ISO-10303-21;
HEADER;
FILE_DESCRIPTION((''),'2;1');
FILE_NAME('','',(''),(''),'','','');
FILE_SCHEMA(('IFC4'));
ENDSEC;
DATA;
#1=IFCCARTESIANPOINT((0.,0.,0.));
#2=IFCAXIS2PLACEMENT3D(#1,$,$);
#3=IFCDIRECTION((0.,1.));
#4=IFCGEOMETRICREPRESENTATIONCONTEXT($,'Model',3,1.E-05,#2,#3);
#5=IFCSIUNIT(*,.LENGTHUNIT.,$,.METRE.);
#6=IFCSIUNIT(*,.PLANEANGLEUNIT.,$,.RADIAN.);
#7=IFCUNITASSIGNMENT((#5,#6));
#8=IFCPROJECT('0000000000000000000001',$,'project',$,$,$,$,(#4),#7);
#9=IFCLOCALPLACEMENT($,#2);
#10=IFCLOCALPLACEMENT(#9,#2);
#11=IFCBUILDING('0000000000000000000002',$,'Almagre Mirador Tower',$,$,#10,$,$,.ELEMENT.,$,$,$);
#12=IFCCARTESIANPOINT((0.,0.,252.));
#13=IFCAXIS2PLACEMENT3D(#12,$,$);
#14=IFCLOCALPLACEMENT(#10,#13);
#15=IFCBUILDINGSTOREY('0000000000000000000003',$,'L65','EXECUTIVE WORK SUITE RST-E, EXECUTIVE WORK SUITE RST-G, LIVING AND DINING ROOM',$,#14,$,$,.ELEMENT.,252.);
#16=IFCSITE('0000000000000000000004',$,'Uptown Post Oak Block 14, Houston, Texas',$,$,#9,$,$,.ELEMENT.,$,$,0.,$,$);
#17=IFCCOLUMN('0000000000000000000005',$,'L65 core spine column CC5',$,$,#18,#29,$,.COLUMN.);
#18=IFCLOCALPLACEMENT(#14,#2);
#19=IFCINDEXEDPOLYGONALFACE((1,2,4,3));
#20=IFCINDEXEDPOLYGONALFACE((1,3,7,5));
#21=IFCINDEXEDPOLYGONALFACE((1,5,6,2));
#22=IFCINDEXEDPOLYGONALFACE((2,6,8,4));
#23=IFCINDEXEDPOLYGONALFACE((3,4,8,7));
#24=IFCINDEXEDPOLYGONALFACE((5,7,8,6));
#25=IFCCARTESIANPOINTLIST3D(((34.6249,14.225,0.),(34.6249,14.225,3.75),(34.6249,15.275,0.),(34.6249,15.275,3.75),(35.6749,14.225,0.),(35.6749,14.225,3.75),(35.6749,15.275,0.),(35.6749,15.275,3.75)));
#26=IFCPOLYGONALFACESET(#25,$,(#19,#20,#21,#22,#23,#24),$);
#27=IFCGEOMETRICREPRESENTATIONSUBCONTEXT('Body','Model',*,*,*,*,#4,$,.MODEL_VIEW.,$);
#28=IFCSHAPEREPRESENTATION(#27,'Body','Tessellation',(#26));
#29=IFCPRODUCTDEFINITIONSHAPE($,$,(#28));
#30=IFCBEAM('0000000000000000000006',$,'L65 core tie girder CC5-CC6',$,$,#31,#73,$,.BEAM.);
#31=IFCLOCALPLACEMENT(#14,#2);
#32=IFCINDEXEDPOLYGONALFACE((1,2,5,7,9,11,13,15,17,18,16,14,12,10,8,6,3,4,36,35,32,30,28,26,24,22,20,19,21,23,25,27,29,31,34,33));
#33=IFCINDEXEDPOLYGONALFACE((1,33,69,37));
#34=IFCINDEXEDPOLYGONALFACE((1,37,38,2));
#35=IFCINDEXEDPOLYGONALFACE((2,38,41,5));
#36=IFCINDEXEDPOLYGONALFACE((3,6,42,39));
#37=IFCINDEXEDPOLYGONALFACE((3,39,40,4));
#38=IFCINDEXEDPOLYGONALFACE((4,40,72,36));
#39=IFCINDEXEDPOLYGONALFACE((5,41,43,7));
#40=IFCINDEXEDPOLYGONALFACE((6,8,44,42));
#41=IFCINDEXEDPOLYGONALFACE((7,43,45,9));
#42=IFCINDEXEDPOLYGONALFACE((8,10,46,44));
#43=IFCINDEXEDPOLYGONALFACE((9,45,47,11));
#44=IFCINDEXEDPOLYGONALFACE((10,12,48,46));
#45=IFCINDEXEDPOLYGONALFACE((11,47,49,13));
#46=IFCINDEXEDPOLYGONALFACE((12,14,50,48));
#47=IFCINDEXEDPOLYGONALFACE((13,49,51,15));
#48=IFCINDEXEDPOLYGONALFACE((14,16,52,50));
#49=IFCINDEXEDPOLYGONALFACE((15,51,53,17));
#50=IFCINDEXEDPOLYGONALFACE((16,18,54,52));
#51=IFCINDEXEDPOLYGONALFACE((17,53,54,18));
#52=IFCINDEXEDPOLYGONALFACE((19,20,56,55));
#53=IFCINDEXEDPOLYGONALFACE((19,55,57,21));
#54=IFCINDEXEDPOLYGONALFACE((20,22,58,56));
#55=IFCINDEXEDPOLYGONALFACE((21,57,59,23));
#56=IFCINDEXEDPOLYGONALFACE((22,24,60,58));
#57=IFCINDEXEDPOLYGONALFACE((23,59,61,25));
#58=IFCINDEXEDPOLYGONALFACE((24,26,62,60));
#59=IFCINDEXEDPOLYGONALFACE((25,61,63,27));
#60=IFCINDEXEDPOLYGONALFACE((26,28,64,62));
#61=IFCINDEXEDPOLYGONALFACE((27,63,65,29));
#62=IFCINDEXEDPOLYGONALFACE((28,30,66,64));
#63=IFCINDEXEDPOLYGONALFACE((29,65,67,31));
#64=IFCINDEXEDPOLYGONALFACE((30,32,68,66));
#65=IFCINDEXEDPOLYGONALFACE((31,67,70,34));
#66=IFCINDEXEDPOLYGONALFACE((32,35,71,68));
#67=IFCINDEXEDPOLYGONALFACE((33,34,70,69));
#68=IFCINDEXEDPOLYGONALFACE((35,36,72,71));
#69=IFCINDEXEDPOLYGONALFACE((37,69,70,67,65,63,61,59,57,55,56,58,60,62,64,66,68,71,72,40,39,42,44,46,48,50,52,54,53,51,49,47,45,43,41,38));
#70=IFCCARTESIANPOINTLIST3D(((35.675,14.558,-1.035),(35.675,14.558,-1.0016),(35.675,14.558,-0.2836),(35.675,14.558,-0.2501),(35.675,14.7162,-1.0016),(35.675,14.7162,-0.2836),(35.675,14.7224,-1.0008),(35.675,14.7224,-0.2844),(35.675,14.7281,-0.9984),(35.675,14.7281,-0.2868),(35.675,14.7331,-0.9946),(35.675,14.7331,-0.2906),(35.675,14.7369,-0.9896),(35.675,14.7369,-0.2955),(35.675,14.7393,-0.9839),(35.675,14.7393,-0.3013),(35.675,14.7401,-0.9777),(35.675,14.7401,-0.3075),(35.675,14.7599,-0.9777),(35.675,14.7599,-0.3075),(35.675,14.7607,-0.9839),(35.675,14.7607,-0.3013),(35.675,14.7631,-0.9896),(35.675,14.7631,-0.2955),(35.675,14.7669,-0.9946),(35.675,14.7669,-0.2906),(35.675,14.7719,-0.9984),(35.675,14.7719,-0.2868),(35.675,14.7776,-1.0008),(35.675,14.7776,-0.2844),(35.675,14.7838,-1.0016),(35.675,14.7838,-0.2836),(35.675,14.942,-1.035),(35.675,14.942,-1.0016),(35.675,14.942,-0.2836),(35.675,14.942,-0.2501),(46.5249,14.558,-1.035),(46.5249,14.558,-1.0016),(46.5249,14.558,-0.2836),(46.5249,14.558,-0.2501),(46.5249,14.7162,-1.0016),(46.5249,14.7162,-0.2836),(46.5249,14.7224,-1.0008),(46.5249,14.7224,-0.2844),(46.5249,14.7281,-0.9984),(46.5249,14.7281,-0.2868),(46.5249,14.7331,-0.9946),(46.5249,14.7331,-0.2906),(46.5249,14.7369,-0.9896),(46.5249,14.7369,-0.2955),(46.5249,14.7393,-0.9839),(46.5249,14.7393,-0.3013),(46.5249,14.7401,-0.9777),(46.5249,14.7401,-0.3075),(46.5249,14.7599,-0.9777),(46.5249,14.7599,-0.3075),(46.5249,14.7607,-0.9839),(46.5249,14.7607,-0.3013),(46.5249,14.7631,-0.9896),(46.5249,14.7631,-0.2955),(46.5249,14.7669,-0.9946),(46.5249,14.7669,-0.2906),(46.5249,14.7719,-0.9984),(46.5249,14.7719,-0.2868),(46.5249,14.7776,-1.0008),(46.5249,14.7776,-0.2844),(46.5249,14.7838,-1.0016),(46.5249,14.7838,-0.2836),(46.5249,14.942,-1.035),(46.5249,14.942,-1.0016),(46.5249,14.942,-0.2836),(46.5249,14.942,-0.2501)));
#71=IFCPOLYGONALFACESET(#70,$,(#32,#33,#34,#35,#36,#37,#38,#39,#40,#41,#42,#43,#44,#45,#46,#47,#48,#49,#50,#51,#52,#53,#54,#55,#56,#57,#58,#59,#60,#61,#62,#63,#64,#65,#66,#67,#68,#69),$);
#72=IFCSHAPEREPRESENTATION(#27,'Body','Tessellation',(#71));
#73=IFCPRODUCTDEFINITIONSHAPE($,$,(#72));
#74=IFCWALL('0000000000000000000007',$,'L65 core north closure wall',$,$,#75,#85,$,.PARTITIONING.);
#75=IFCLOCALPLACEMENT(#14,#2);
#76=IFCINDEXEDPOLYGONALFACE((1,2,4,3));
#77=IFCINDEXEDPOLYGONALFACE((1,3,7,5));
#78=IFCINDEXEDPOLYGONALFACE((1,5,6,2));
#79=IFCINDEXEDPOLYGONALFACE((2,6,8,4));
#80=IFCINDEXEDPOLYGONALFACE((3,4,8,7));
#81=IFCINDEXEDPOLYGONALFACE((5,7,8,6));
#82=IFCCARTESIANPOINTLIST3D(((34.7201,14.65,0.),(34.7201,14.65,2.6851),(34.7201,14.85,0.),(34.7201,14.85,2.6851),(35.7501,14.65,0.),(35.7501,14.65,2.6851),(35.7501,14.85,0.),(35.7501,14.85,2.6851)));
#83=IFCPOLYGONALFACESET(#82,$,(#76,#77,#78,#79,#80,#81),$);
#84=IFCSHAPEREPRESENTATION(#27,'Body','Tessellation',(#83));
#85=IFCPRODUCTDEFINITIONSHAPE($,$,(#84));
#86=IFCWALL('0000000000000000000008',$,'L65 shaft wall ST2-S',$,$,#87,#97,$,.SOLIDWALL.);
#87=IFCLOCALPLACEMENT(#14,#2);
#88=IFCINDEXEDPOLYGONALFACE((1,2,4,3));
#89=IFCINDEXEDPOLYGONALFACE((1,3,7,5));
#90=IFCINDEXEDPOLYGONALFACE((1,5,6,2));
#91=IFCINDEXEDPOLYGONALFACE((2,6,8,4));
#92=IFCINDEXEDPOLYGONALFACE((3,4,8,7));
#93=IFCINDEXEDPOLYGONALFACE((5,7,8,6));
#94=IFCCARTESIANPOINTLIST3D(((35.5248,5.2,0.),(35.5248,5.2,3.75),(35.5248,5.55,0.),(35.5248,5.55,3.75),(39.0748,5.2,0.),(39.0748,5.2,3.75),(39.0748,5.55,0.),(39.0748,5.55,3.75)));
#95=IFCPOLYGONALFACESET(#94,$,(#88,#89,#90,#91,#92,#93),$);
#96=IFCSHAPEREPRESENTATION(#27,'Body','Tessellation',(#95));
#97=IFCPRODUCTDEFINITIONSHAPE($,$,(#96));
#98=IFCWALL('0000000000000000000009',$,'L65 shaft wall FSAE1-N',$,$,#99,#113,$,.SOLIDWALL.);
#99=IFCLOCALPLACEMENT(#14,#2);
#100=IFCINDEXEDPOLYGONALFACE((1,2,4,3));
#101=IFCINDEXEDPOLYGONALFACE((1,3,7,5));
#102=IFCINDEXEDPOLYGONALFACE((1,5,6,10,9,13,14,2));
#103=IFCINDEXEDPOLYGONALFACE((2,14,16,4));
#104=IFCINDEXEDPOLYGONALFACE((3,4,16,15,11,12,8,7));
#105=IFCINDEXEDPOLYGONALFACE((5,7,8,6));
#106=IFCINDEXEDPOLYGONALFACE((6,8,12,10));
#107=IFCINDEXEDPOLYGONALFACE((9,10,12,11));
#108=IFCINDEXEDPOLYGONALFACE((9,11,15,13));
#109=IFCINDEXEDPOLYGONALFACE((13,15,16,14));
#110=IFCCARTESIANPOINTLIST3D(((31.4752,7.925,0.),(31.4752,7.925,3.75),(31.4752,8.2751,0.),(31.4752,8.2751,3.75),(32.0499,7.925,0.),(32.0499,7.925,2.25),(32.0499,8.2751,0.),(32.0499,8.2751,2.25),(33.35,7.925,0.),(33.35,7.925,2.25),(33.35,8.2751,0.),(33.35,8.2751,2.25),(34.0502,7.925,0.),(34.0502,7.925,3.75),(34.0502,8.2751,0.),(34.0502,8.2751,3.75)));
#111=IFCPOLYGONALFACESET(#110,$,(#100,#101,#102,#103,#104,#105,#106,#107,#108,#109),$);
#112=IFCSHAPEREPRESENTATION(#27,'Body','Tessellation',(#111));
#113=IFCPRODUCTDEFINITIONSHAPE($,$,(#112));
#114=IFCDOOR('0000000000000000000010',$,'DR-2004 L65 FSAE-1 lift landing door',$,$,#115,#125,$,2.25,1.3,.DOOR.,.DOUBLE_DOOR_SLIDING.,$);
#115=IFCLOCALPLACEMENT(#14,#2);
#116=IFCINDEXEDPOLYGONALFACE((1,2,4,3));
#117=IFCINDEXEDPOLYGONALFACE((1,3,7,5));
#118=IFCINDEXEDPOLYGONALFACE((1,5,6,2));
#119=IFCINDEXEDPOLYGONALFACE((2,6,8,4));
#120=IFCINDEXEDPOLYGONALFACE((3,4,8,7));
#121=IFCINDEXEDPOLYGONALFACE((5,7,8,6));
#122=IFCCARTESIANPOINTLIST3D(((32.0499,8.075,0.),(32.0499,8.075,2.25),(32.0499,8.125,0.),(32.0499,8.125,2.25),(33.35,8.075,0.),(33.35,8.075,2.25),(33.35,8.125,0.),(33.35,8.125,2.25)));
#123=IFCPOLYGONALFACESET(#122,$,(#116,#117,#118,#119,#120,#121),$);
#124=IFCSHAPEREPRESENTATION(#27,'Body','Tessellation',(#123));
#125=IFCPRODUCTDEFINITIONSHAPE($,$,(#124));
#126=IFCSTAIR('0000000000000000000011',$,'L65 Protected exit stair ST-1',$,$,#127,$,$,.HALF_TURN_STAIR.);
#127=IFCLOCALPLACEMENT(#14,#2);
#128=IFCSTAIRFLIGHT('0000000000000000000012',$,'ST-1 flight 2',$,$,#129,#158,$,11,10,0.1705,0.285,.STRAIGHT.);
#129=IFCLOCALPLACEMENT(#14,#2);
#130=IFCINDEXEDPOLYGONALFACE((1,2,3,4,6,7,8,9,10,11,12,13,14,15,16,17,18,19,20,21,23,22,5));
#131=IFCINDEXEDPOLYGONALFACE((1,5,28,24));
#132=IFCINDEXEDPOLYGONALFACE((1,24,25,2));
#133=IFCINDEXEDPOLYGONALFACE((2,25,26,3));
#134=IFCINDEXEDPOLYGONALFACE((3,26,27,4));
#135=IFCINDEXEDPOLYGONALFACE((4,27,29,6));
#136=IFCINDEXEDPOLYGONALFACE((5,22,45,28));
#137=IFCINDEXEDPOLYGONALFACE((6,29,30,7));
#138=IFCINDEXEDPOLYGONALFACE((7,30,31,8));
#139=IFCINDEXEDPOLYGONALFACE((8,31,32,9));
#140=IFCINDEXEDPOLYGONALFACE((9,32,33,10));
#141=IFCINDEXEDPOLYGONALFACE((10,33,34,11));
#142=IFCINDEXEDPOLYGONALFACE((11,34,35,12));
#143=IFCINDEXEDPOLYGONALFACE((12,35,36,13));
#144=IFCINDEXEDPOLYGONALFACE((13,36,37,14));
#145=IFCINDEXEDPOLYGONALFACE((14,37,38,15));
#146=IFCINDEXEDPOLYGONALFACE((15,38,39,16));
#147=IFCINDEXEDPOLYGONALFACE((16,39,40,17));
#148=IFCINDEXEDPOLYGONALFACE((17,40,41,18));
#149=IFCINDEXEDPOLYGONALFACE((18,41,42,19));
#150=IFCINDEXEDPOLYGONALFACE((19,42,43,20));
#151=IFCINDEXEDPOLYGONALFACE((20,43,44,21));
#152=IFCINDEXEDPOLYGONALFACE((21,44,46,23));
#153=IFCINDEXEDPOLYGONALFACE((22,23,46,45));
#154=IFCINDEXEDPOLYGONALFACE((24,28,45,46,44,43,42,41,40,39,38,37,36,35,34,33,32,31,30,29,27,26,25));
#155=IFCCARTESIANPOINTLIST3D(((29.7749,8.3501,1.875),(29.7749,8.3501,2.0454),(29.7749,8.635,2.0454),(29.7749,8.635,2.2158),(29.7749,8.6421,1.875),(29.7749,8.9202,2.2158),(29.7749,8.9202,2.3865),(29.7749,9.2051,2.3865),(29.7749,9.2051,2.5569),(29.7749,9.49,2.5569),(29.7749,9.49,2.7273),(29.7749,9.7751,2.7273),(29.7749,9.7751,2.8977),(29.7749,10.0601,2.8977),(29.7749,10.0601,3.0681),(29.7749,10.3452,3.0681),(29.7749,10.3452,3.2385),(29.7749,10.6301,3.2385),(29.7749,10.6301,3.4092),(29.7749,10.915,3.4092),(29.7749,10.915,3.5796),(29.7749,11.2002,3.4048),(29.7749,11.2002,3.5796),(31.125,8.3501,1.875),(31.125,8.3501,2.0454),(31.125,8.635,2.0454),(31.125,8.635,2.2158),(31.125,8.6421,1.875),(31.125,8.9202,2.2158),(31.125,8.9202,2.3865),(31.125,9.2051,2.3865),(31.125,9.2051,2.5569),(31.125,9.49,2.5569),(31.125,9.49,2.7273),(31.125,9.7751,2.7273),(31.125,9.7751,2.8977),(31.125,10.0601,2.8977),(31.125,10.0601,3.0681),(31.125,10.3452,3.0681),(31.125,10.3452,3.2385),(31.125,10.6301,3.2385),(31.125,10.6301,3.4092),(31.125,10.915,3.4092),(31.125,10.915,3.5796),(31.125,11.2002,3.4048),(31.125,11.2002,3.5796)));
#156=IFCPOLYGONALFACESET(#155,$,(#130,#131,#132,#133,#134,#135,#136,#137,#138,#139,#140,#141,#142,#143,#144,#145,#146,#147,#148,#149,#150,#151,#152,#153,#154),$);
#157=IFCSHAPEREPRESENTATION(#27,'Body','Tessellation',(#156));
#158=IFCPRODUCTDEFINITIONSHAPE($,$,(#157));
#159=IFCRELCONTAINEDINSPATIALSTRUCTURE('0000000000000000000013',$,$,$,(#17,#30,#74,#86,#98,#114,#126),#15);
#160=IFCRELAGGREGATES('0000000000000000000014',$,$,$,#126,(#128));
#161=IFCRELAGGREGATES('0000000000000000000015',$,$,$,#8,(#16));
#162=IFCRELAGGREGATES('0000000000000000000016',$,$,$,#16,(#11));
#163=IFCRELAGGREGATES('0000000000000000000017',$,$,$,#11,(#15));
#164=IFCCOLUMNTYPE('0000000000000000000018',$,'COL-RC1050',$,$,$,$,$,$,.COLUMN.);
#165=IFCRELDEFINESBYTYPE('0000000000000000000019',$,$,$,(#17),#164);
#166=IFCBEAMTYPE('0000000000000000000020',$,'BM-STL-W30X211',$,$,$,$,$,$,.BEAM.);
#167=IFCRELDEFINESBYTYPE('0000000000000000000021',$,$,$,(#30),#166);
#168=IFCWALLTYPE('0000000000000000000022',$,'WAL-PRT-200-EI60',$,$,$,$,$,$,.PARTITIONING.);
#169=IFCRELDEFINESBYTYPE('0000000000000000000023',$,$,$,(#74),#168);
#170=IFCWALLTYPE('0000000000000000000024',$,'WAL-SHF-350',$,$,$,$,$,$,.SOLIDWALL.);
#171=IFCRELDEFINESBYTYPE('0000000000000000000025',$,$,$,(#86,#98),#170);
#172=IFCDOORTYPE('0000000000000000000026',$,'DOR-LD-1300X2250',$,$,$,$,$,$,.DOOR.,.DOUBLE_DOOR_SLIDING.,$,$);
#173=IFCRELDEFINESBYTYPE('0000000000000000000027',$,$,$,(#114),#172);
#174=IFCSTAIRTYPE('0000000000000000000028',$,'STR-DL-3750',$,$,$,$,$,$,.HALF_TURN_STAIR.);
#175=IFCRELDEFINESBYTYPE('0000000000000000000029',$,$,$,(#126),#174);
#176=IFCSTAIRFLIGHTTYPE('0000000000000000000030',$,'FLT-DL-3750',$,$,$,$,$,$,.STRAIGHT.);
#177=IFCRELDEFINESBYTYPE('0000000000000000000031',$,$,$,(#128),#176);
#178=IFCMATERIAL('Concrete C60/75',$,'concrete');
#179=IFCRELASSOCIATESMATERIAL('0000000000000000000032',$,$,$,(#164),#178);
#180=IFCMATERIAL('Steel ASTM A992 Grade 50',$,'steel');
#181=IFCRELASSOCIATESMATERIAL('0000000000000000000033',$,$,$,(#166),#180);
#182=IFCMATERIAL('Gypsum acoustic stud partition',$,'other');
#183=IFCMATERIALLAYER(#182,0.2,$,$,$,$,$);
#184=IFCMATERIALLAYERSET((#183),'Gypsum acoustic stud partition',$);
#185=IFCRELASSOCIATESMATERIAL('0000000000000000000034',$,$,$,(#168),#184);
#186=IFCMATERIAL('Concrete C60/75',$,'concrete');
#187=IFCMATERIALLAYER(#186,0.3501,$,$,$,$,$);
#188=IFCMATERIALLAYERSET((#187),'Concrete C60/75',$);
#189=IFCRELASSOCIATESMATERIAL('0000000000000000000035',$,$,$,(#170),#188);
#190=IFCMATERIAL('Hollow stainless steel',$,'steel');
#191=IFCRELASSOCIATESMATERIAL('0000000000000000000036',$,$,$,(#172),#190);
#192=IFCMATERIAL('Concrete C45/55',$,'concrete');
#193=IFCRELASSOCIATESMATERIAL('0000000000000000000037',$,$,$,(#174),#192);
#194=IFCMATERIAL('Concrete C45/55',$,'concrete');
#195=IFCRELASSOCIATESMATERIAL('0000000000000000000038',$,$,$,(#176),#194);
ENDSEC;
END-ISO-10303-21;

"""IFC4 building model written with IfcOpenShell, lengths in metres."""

from ifc_helpers import new_model, si_unit, direction, frame, frame_2d, origin, origin_2d, place, context, subcontext, project, spatial, polyline, rectangle, i_section, outline, extrude, material, layer, layer_set, material_profile, profile_set, type_object, element, fill, aggregate, save


model = new_model("IFC4")

# Units and contexts
model_context = context("Model", 3, precision=1e-05, world=origin(), true_north=direction((0.0, 1.0)))
body_context = subcontext(model_context, "Body", "Model", "MODEL_VIEW")
ifc_project = project(units=[si_unit("LENGTHUNIT", "METRE"), si_unit("PLANEANGLEUNIT", "RADIAN")], contexts=[model_context])

# Site, building, storey
site_placement = place(None, origin())
site = spatial("IfcSite", under=ifc_project, at=site_placement, Name="Uptown Post Oak Block 14, Houston, Texas", CompositionType="ELEMENT", RefElevation=0.0)
building_placement = place(site_placement, origin())
building = spatial("IfcBuilding", under=site, at=building_placement, Name="Almagre Mirador Tower", CompositionType="ELEMENT")
storey_placement = place(building_placement, frame((0.0, 0.0, 252.0)))
storey = spatial("IfcBuildingStorey", under=building, at=storey_placement, Name="L65", Description="EXECUTIVE WORK SUITE RST-E, EXECUTIVE WORK SUITE RST-G, LIVING AND DINING ROOM", CompositionType="ELEMENT", Elevation=252.0)

# Column
ifc_material_1 = material(Name="Concrete C60/75", Category="concrete")
ifc_material_profile_1 = material_profile(ifc_material_1, rectangle(XDim=1.05, YDim=1.05, at=origin_2d()), Name="RC1050X1050")
ifc_profile_set_1 = profile_set([ifc_material_profile_1], Name="Concrete C60/75")
column_type = type_object("IfcColumnType", Name="COL-RC1050", PredefinedType="COLUMN", material=ifc_profile_set_1)
column_placement = place(storey_placement, frame((35.1499, 14.75, 0.0), z_axis=(0.0, 0.0, 1.0), x_axis=(1.0, 0.0, 0.0)))
element("IfcColumn", 1, at=column_placement, inside=storey, type_object=column_type, Name="L65 core spine column CC5", PredefinedType="COLUMN", context=body_context, shape_type="SweptSolid", body=[
    extrude(rectangle(XDim=1.05, YDim=1.05, at=origin_2d()), origin(), (0.0, 0.0, 1.0), 3.75),
])

# Beam
ifc_material_2 = material(Name="Steel ASTM A992 Grade 50", Category="steel")
ifc_material_profile_2 = material_profile(ifc_material_2, i_section(OverallWidth=0.384, OverallDepth=0.7849, WebThickness=0.0198, FlangeThickness=0.0334, FilletRadius=0.0239, at=origin_2d()), Name="W30X211")
ifc_profile_set_2 = profile_set([ifc_material_profile_2], Name="Steel ASTM A992 Grade 50")
beam_type = type_object("IfcBeamType", Name="BM-STL-W30X211", PredefinedType="BEAM", material=ifc_profile_set_2)
beam_placement = place(storey_placement, frame((35.675, 14.75, -0.6426), z_axis=(1.0, 0.0, 0.0), x_axis=(0.0, 1.0, 0.0)))
element("IfcBeam", 2, at=beam_placement, inside=storey, type_object=beam_type, Name="L65 core tie girder CC5-CC6", PredefinedType="BEAM", context=body_context, shape_type="SweptSolid", body=[
    extrude(i_section(OverallWidth=0.384, OverallDepth=0.7849, WebThickness=0.0198, FlangeThickness=0.0334, FilletRadius=0.0239, at=origin_2d()), origin(), (0.0, 0.0, 1.0), 10.8499),
])

# Wall
ifc_material_3 = material(Name="Gypsum acoustic stud partition", Category="other")
ifc_layer_1 = layer(ifc_material_3, 0.2)
ifc_layer_set_1 = layer_set([ifc_layer_1], Name="Gypsum acoustic stud partition")
wall_type_1 = type_object("IfcWallType", Name="WAL-PRT-200-EI60", PredefinedType="PARTITIONING", material=ifc_layer_set_1)
wall_1_placement = place(storey_placement, frame((34.72, 14.75, 0.0), z_axis=(0.0, 0.0, 1.0), x_axis=(1.0, 0.0, 0.0)))
element("IfcWall", 3, at=wall_1_placement, inside=storey, type_object=wall_type_1, Name="L65 core north closure wall", PredefinedType="PARTITIONING", context=body_context, shape_type="SweptSolid", body=[
    extrude(rectangle(XDim=1.03, YDim=0.2, at=frame_2d((0.5151, 0.0))), origin(), (0.0, 0.0, 1.0), 2.6851),
])

# Wall
ifc_material_4 = material(Name="Concrete C60/75", Category="concrete")
ifc_layer_2 = layer(ifc_material_4, 0.3501)
ifc_layer_set_2 = layer_set([ifc_layer_2], Name="Concrete C60/75")
wall_type_2 = type_object("IfcWallType", Name="WAL-SHF-350", PredefinedType="SOLIDWALL", material=ifc_layer_set_2)
wall_2_placement = place(storey_placement, frame((35.5249, 5.375, 0.0), z_axis=(0.0, 0.0, 1.0), x_axis=(1.0, 0.0, 0.0)))
element("IfcWall", 4, at=wall_2_placement, inside=storey, type_object=wall_type_2, Name="L65 shaft wall ST2-S", PredefinedType="SOLIDWALL", context=body_context, shape_type="SweptSolid", body=[
    extrude(rectangle(XDim=3.55, YDim=0.3501, at=frame_2d((1.7749, 0.0))), origin(), (0.0, 0.0, 1.0), 3.75),
])

# Wall, opening, door
wall_3_placement = place(storey_placement, frame((31.4751, 8.1001, 0.0), z_axis=(0.0, 0.0, 1.0), x_axis=(1.0, 0.0, 0.0)))
wall_3 = element("IfcWall", 5, at=wall_3_placement, inside=storey, type_object=wall_type_2, Name="L65 shaft wall FSAE1-N", PredefinedType="SOLIDWALL", context=body_context, shape_type="SweptSolid", body=[
    extrude(rectangle(XDim=2.575, YDim=0.3501, at=frame_2d((1.2876, 0.0))), origin(), (0.0, 0.0, 1.0), 3.75),
])
opening_1_placement = place(wall_3_placement, frame((0.575, 0.0, 0.0)))
opening_1 = element("IfcOpeningElement", 6, at=opening_1_placement, cuts=wall_3, PredefinedType="OPENING", context=body_context, shape_type="SweptSolid", body=[
    extrude(rectangle(XDim=1.3, YDim=2.25, at=frame_2d((0.6499, 1.125))), frame((0.0, 0.185, 0.0), z_axis=(0.0, -1.0, 0.0), x_axis=(1.0, 0.0, 0.0)), (0.0, 0.0, 1.0), 0.3701),
])
ifc_material_5 = material(Name="Hollow stainless steel", Category="steel")
door_type_1 = type_object("IfcDoorType", Name="DOR-LD-1300X2250", OperationType="DOUBLE_DOOR_SLIDING", PredefinedType="DOOR", material=ifc_material_5)
door_1_placement = place(opening_1_placement, origin())
door_1 = element("IfcDoor", 7, at=door_1_placement, inside=storey, type_object=door_type_1, Name="DR-2004 L65 FSAE-1 lift landing door", OperationType="DOUBLE_DOOR_SLIDING", OverallHeight=2.25, OverallWidth=1.3, PredefinedType="DOOR", context=body_context, shape_type="SweptSolid", body=[
    extrude(rectangle(XDim=1.3, YDim=2.25, at=frame_2d((0.6499, 1.125))), frame((0.0, 0.0249, 0.0), z_axis=(0.0, -1.0, 0.0), x_axis=(1.0, 0.0, 0.0)), (0.0, 0.0, 1.0), 0.05),
])
fill(opening_1, door_1)

# Stair, stair flight
ifc_material_6 = material(Name="Concrete C45/55", Category="concrete")
stair_type = type_object("IfcStairType", Name="STR-DL-3750", PredefinedType="HALF_TURN_STAIR", material=ifc_material_6)
stair_1_placement = place(storey_placement, origin())
stair_1 = element("IfcStair", 8, at=stair_1_placement, inside=storey, type_object=stair_type, Name="L65 Protected exit stair ST-1", PredefinedType="HALF_TURN_STAIR")
ifc_material_7 = material(Name="Concrete C45/55", Category="concrete")
stair_flight_type = type_object("IfcStairFlightType", Name="FLT-DL-3750", PredefinedType="STRAIGHT", material=ifc_material_7)
stair_flight_1_placement = place(storey_placement, frame((30.45, 8.3501, 1.875), z_axis=(0.0, 0.0, 1.0), x_axis=(0.0, 1.0, 0.0)))
stair_flight_1 = element("IfcStairFlight", 9, at=stair_flight_1_placement, type_object=stair_flight_type, Name="ST-1 flight 2", NumberOfRisers=11, NumberOfTreads=10, PredefinedType="STRAIGHT", RiserHeight=0.1705, TreadLength=0.285, context=body_context, shape_type="SweptSolid", body=[
    extrude(outline(polyline([(0.0, 0.0), (0.0, 0.1704), (0.2849, 0.1704), (0.2849, 0.3408), (0.5701, 0.3408), (0.5701, 0.5115), (0.855, 0.5115), (0.855, 0.6819), (1.1399, 0.6819), (1.1399, 0.8523), (1.425, 0.8523), (1.425, 1.0227), (1.71, 1.0227), (1.71, 1.1931), (1.9951, 1.1931), (1.9951, 1.3635), (2.28, 1.3635), (2.28, 1.5342), (2.5649, 1.5342), (2.5649, 1.7046), (2.8501, 1.7046), (2.8501, 1.875), (2.8501, 1.5298), (0.292, 0.0), (0.0, 0.0)])), frame((0.0, 0.675, 0.0), z_axis=(0.0, -1.0, 0.0), x_axis=(1.0, 0.0, 0.0)), (0.0, 0.0, 1.0), 1.3501),
])
aggregate(stair_1, [stair_flight_1])

save(model, "model.ifc")
